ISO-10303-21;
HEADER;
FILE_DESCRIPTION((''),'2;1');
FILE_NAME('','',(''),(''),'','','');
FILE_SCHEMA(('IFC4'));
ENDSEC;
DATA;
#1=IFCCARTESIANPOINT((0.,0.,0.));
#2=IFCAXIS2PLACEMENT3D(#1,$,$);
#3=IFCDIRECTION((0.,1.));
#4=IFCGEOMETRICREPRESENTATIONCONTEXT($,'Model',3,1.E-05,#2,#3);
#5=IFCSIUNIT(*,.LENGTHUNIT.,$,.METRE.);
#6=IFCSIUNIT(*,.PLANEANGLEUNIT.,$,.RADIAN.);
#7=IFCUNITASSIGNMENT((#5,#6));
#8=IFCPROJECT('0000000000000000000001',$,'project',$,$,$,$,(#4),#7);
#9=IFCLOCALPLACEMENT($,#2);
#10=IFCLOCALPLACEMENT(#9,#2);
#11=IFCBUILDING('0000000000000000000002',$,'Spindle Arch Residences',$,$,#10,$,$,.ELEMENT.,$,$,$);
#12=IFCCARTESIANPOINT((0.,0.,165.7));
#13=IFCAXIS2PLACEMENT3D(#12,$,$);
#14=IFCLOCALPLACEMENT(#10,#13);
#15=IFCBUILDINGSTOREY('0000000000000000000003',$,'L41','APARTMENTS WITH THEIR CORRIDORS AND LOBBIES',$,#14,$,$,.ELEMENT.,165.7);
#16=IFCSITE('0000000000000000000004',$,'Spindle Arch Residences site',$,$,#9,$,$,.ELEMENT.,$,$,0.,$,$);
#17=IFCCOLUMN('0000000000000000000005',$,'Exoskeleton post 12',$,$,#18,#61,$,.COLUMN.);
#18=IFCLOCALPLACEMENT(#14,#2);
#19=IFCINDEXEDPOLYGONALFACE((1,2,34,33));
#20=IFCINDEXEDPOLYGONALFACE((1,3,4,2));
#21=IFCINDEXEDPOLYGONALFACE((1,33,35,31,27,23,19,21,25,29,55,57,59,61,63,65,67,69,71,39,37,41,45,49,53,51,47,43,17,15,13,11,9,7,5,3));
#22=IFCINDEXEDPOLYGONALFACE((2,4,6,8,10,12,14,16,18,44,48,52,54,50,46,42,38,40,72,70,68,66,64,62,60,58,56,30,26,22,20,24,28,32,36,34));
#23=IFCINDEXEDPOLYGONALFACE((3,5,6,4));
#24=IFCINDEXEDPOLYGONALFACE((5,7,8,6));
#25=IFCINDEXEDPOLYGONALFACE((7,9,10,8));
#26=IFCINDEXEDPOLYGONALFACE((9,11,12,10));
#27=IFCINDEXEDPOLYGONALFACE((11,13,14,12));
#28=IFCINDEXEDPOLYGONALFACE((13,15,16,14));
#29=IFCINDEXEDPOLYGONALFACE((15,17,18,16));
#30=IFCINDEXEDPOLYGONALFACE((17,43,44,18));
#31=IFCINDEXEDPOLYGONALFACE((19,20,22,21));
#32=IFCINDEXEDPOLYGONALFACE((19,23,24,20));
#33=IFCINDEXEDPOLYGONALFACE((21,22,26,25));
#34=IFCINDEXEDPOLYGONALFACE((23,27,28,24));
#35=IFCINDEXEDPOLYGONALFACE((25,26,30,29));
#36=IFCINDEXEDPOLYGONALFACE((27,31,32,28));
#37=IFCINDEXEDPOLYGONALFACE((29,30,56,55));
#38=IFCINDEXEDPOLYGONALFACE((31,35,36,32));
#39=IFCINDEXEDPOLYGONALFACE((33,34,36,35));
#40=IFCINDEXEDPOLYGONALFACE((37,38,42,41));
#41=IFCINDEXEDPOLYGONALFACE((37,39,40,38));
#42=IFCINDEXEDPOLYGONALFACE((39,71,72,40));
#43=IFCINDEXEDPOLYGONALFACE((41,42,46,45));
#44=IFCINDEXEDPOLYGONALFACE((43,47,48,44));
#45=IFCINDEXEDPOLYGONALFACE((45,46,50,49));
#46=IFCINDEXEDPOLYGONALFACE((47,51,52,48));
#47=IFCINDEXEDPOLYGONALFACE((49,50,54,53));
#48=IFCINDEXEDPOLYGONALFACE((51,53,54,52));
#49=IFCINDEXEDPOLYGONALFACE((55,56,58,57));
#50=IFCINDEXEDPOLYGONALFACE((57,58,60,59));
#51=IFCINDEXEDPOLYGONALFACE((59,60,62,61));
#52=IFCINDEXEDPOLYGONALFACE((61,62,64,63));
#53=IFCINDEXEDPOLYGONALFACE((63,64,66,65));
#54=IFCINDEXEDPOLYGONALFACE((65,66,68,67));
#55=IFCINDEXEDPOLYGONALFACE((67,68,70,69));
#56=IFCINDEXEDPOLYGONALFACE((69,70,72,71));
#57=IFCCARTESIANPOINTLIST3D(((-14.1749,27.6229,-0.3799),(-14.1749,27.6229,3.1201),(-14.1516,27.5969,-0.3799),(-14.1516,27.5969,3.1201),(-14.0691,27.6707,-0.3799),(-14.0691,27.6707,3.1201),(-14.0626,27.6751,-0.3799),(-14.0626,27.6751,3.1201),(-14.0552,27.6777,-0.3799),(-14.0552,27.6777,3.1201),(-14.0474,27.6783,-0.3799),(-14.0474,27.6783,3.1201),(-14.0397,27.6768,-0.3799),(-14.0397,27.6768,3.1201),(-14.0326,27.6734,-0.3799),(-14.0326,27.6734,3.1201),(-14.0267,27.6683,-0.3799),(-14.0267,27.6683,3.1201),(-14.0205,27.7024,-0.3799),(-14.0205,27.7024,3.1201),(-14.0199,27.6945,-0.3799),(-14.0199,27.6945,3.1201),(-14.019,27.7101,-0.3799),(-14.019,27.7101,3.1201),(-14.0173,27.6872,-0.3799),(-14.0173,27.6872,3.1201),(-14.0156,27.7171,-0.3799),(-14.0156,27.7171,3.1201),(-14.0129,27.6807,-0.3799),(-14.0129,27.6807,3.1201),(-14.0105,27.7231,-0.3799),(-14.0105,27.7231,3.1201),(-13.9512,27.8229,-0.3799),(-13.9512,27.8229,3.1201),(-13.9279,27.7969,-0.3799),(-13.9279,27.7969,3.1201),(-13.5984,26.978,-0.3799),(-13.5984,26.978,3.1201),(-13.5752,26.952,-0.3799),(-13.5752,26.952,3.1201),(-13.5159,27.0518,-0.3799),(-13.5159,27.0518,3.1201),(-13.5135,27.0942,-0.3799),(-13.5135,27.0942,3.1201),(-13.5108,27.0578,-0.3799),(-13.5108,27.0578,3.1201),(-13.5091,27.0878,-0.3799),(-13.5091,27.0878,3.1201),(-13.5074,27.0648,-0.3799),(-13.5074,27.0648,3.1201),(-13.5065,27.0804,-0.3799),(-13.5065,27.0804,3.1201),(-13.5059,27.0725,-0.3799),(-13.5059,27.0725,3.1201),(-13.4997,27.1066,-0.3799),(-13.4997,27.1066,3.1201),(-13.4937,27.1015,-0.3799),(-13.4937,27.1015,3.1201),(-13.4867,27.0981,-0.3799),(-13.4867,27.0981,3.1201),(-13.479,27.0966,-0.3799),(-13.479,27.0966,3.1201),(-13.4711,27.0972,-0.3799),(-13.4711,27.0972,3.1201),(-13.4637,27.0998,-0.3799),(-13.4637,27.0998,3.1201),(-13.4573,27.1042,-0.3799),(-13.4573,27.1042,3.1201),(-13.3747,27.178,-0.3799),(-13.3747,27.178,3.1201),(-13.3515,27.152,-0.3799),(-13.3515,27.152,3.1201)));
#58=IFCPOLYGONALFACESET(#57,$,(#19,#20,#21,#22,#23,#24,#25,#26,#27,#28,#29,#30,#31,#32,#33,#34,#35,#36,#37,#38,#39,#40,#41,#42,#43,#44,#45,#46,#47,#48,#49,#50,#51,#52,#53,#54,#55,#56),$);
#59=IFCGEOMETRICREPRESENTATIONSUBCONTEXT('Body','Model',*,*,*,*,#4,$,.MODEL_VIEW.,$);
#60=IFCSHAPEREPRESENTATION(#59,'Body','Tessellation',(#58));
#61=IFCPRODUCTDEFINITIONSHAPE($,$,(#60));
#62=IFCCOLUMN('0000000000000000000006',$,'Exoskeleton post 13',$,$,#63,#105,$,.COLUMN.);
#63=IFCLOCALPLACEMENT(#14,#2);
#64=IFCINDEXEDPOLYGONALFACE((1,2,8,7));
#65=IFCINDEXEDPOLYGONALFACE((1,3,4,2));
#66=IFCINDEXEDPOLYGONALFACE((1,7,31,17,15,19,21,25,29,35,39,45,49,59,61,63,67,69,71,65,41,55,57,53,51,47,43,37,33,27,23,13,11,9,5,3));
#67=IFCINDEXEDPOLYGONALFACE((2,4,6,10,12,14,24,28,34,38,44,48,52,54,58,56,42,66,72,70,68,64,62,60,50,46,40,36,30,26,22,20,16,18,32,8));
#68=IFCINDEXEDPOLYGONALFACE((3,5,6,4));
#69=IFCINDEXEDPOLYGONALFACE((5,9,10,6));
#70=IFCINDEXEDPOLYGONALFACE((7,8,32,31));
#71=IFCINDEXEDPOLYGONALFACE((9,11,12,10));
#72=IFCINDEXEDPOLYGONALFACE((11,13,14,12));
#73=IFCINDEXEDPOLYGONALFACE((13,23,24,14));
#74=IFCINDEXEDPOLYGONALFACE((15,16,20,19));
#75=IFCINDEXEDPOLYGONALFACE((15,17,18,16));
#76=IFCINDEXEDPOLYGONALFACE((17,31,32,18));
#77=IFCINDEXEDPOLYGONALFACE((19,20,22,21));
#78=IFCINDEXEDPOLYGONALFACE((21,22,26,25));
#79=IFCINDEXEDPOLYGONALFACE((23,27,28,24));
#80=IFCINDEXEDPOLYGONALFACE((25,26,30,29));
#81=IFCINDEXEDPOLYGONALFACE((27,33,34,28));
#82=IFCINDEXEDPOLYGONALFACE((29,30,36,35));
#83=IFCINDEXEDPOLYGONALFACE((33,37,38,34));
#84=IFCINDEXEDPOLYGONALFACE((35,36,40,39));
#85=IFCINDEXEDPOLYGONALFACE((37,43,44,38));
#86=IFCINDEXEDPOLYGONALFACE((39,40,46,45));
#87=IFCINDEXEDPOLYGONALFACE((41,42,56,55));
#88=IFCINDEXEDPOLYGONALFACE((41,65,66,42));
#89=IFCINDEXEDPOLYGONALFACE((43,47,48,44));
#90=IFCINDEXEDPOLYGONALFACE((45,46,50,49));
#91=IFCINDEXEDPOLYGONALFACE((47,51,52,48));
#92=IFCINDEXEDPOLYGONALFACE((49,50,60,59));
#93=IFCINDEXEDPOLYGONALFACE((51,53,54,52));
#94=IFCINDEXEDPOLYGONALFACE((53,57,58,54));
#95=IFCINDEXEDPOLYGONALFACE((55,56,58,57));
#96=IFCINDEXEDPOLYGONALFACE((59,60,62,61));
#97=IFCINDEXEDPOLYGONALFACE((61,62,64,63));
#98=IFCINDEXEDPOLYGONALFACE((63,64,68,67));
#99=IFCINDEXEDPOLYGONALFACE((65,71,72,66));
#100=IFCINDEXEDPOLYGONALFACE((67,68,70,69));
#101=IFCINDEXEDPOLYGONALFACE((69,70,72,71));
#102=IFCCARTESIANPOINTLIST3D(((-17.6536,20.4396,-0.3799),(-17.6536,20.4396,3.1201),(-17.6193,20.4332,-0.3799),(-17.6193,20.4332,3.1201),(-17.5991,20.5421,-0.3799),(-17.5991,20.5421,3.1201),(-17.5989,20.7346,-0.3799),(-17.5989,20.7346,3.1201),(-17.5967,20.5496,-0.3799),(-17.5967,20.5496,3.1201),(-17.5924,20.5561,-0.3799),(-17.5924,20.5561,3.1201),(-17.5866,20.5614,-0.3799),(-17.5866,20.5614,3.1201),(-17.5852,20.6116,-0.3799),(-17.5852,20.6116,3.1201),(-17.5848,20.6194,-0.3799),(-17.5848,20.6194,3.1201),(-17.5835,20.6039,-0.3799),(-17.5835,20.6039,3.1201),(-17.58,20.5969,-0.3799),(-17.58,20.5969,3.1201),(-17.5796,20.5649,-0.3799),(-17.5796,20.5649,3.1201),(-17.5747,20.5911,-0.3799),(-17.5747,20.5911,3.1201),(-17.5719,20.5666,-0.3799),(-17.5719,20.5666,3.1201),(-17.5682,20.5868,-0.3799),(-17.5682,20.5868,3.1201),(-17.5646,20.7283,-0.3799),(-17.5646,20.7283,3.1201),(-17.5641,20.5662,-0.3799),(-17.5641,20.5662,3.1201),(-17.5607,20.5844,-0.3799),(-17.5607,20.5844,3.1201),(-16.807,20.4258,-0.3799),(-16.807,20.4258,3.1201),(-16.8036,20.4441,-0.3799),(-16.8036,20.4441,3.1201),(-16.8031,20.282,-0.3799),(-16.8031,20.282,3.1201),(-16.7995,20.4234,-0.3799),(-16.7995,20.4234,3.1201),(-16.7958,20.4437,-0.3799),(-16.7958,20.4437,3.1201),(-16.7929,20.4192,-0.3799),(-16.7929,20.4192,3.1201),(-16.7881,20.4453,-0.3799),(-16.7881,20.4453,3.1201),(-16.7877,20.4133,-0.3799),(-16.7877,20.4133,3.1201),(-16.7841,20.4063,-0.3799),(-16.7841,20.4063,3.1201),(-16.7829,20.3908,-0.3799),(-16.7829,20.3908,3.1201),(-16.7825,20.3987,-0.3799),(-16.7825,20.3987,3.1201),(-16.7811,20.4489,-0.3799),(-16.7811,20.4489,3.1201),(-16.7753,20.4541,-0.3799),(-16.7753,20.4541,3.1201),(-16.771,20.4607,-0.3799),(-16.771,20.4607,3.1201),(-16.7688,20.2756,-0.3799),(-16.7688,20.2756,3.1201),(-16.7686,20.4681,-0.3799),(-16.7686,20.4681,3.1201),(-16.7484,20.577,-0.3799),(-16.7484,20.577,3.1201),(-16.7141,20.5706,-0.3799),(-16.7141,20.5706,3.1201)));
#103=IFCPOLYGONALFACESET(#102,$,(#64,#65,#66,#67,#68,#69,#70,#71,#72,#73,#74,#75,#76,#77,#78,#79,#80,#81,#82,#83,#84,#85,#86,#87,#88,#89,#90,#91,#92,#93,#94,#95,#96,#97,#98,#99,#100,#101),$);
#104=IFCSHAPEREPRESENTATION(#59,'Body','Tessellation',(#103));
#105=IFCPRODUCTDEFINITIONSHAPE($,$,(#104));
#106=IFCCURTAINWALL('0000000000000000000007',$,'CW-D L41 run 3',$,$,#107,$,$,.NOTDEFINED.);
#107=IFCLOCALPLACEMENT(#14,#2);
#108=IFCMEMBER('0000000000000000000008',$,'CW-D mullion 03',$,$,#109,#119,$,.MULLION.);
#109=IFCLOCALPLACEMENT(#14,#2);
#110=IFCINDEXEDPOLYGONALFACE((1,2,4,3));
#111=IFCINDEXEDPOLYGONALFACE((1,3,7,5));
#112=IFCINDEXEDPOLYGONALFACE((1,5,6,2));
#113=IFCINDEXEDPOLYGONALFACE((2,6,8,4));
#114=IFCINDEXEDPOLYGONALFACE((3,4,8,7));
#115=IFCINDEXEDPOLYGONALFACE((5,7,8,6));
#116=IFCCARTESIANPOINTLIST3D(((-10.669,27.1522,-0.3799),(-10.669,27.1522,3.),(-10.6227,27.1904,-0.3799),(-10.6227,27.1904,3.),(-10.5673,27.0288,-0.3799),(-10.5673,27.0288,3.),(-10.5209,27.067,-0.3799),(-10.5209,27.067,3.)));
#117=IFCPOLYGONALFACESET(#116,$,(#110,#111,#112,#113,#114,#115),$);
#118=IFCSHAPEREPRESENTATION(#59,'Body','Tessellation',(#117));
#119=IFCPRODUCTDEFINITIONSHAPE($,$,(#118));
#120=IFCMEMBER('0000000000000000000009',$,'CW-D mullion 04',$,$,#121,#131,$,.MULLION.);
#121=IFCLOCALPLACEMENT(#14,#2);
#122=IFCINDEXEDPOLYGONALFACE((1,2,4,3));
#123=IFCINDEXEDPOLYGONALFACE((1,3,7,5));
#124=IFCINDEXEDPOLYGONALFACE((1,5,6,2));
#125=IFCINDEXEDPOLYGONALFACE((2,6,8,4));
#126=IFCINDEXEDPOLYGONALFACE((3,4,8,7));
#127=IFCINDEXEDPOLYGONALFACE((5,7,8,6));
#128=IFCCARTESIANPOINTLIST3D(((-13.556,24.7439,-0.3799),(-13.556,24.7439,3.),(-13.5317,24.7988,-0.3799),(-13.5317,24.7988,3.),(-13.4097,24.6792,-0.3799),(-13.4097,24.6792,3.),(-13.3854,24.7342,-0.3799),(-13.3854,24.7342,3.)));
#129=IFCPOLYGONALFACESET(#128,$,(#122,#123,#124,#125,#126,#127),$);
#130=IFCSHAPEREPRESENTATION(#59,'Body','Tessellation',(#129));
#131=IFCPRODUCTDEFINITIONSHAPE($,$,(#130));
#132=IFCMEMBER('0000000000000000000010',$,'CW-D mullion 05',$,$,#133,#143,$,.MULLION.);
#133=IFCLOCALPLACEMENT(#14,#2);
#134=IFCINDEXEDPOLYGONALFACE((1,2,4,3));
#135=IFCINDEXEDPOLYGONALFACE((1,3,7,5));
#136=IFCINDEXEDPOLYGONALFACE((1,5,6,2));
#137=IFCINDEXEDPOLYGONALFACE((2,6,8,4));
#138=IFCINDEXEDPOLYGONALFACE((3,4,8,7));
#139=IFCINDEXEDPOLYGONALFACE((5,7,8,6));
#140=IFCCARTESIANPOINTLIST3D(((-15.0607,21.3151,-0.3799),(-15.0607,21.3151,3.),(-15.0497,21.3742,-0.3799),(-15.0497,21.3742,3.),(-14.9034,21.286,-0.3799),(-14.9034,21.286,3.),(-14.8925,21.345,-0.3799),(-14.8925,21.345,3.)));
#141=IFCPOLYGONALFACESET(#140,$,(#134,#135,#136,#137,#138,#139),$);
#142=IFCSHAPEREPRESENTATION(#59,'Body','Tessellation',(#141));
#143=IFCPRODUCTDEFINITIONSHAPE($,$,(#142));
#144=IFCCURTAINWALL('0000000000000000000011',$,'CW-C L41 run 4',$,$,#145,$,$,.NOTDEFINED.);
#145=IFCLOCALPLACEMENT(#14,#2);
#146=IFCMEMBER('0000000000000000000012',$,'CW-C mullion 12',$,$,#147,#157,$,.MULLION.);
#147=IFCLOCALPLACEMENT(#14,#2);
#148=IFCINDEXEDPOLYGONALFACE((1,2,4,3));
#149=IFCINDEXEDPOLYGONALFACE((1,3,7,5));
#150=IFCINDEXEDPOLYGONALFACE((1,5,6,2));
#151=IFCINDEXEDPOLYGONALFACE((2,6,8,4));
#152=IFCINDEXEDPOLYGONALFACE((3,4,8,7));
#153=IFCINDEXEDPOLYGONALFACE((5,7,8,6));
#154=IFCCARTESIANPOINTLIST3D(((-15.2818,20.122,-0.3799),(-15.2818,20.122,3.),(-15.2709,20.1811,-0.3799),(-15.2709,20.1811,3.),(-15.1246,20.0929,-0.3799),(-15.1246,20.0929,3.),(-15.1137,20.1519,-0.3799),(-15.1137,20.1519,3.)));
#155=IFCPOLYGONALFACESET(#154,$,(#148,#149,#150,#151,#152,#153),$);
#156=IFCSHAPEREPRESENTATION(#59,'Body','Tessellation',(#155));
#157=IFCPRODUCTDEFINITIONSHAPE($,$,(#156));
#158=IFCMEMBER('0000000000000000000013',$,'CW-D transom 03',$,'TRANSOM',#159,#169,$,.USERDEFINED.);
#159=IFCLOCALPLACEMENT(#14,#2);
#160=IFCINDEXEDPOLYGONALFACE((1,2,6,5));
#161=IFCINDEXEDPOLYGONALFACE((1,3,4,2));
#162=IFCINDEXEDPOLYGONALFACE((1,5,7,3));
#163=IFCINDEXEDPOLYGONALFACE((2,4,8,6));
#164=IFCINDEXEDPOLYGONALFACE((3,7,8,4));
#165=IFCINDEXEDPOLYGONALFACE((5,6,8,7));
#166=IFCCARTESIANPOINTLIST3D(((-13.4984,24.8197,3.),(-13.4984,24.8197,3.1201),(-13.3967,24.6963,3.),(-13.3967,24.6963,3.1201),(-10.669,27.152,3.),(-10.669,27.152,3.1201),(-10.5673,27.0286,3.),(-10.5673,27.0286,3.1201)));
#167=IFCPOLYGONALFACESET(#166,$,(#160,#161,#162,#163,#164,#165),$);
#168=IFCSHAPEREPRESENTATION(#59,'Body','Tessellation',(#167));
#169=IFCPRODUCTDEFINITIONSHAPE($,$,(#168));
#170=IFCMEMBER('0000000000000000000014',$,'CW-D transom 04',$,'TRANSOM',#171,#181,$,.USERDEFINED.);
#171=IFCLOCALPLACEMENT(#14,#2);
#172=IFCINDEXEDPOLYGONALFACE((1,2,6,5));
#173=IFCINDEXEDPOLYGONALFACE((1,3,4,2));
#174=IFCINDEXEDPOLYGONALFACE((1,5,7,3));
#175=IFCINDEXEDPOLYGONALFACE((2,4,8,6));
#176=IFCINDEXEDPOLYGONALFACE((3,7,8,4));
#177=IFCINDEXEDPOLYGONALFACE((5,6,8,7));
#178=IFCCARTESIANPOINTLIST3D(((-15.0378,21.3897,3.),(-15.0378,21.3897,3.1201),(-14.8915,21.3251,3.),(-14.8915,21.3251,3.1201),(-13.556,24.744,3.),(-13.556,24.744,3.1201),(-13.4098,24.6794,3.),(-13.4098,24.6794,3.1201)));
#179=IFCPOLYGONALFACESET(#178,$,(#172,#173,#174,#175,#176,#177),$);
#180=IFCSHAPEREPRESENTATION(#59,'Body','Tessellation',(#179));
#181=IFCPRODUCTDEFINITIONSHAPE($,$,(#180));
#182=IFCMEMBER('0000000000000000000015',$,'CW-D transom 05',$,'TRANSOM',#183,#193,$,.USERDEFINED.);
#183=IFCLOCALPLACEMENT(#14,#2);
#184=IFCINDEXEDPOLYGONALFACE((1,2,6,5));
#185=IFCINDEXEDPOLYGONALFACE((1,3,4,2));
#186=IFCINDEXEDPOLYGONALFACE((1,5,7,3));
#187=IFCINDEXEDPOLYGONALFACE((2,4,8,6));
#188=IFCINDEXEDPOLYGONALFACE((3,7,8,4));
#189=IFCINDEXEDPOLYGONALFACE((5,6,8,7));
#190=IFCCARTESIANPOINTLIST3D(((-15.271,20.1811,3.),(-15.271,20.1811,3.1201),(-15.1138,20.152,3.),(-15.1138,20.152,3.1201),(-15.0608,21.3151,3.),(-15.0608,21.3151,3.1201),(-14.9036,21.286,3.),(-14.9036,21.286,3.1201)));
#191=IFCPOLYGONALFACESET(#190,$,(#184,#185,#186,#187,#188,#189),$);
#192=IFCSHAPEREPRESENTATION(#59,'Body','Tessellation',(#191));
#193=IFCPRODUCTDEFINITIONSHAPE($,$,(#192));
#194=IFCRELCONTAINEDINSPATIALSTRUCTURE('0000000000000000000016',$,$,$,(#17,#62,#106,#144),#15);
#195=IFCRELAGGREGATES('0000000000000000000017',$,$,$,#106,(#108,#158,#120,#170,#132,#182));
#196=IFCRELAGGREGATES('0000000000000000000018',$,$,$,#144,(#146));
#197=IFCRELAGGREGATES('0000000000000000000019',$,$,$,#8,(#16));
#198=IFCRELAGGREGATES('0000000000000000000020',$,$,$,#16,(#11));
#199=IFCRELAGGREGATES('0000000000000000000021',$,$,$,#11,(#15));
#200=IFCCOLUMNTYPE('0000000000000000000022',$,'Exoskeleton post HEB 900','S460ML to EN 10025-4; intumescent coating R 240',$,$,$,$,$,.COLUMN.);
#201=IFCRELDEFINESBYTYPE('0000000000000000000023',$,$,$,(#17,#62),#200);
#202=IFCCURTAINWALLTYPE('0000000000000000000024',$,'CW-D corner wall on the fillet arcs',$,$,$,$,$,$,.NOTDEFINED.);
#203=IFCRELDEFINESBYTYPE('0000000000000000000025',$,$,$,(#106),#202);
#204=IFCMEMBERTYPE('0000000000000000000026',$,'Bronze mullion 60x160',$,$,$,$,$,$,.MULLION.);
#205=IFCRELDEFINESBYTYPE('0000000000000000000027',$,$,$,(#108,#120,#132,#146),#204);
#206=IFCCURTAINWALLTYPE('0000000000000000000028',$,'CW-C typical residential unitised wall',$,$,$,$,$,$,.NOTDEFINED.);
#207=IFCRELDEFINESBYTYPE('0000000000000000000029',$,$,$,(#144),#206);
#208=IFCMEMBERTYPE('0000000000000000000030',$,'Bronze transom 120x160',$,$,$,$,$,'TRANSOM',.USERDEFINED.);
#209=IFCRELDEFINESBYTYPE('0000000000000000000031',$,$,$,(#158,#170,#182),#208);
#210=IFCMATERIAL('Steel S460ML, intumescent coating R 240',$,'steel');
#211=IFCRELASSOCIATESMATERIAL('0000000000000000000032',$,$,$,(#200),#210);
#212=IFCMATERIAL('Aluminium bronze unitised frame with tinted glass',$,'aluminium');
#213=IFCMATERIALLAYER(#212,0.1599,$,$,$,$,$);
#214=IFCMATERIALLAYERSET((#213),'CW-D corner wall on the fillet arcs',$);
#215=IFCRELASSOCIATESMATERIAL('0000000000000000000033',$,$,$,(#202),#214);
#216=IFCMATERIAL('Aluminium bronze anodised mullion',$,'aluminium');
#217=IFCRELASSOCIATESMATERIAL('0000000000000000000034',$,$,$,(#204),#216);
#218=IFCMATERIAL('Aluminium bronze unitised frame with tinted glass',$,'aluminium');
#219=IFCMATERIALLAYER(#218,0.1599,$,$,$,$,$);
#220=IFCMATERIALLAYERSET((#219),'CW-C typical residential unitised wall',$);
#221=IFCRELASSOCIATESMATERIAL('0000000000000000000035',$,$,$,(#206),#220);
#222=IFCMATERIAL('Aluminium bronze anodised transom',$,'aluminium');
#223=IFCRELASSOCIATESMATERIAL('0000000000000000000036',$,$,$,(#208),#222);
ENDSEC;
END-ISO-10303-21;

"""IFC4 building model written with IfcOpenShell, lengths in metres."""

from ifc_helpers import new_model, si_unit, direction, frame, origin, origin_2d, place, context, subcontext, project, spatial, rectangle, i_section, extrude, material, layer, layer_set, material_profile, profile_set, type_object, element, aggregate, save


model = new_model("IFC4")

# Units and contexts
model_context = context("Model", 3, precision=1e-05, world=origin(), true_north=direction((0.0, 1.0)))
body_context = subcontext(model_context, "Body", "Model", "MODEL_VIEW")
ifc_project = project(units=[si_unit("LENGTHUNIT", "METRE"), si_unit("PLANEANGLEUNIT", "RADIAN")], contexts=[model_context])

# Site, building, storey
site_placement = place(None, origin())
site = spatial("IfcSite", under=ifc_project, at=site_placement, Name="Spindle Arch Residences site", CompositionType="ELEMENT", RefElevation=0.0)
building_placement = place(site_placement, origin())
building = spatial("IfcBuilding", under=site, at=building_placement, Name="Spindle Arch Residences", CompositionType="ELEMENT")
storey_placement = place(building_placement, frame((0.0, 0.0, 165.7)))
storey = spatial("IfcBuildingStorey", under=building, at=storey_placement, Name="L41", Description="APARTMENTS WITH THEIR CORRIDORS AND LOBBIES", CompositionType="ELEMENT", Elevation=165.7)

# Columns
ifc_material_1 = material(Name="Steel S460ML, intumescent coating R 240", Category="steel")
ifc_material_profile_1 = material_profile(ifc_material_1, i_section(OverallWidth=0.3, OverallDepth=0.8999, WebThickness=0.0186, FlangeThickness=0.0349, FilletRadius=0.03, at=origin_2d()), Name="HEB 900")
ifc_profile_set_1 = profile_set([ifc_material_profile_1], Name="Steel S460ML, intumescent coating R 240")
column_type = type_object("IfcColumnType", Name="Exoskeleton post HEB 900", Description="S460ML to EN 10025-4; intumescent coating R 240", PredefinedType="COLUMN", material=ifc_profile_set_1)
for number, where, z_axis, x_axis, name in (
    (1, (-13.7632, 27.3875, -0.3799), (0.0, 0.0, 1.0), (0.74554, 0.666461, 0.0), "Exoskeleton post 12"),
    (2, (-17.1838, 20.5051, -0.3799), (0.0, 0.0, 1.0), (0.182236, 0.983255, 0.0), "Exoskeleton post 13"),
):
    element("IfcColumn", number, at=place(storey_placement, frame(where, z_axis=z_axis, x_axis=x_axis)), inside=storey, type_object=column_type, Name=name, PredefinedType="COLUMN", context=body_context, shape_type="SweptSolid", body=[
        extrude(i_section(OverallWidth=0.3, OverallDepth=0.8999, WebThickness=0.0186, FlangeThickness=0.0349, FilletRadius=0.03, at=origin_2d()), origin(), (0.0, 0.0, 1.0), 3.5),
    ])

# Curtain wall, members
ifc_material_2 = material(Name="Aluminium bronze unitised frame with tinted glass", Category="aluminium")
ifc_layer_1 = layer(ifc_material_2, 0.1599)
ifc_layer_set_1 = layer_set([ifc_layer_1], Name="CW-D corner wall on the fillet arcs")
curtain_wall_type_1 = type_object("IfcCurtainWallType", Name="CW-D corner wall on the fillet arcs", PredefinedType="NOTDEFINED", material=ifc_layer_set_1)
curtain_wall_1_placement = place(storey_placement, origin())
curtain_wall_1 = element("IfcCurtainWall", 3, at=curtain_wall_1_placement, inside=storey, type_object=curtain_wall_type_1, Name="CW-D L41 run 3", PredefinedType="NOTDEFINED")
ifc_material_3 = material(Name="Aluminium bronze anodised mullion", Category="aluminium")
ifc_material_profile_2 = material_profile(ifc_material_3, rectangle(XDim=0.1599, YDim=0.0601, at=origin_2d()), Name="MU 60x160")
ifc_profile_set_2 = profile_set([ifc_material_profile_2], Name="Aluminium bronze anodised mullion")
member_type_1 = type_object("IfcMemberType", Name="Bronze mullion 60x160", PredefinedType="MULLION", material=ifc_profile_set_2)
member_1_placement = place(storey_placement, frame((-10.595, 27.1096, -0.3799), z_axis=(0.0, 0.0, 1.0), x_axis=(0.636078, -0.771625, 0.0)))
member_1 = element("IfcMember", 4, at=member_1_placement, type_object=member_type_1, Name="CW-D mullion 03", PredefinedType="MULLION", context=body_context, shape_type="SweptSolid", body=[
    extrude(rectangle(XDim=0.1599, YDim=0.0601, at=origin_2d()), origin(), (0.0, 0.0, 1.0), 3.3799),
])
member_2_placement = place(storey_placement, frame((-13.4707, 24.739, -0.3799), z_axis=(0.0, 0.0, 1.0), x_axis=(0.914725, -0.404078, 0.0)))
member_2 = element("IfcMember", 5, at=member_2_placement, type_object=member_type_1, Name="CW-D mullion 04", PredefinedType="MULLION", context=body_context, shape_type="SweptSolid", body=[
    extrude(rectangle(XDim=0.1599, YDim=0.0601, at=origin_2d()), origin(), (0.0, 0.0, 1.0), 3.3799),
])
member_3_placement = place(storey_placement, frame((-14.9766, 21.3301, -0.3799), z_axis=(0.0, 0.0, 1.0), x_axis=(0.983255, -0.182236, 0.0)))
member_3 = element("IfcMember", 6, at=member_3_placement, type_object=member_type_1, Name="CW-D mullion 05", PredefinedType="MULLION", context=body_context, shape_type="SweptSolid", body=[
    extrude(rectangle(XDim=0.1599, YDim=0.0601, at=origin_2d()), origin(), (0.0, 0.0, 1.0), 3.3799),
])

# Curtain wall, member
ifc_material_4 = material(Name="Aluminium bronze unitised frame with tinted glass", Category="aluminium")
ifc_layer_2 = layer(ifc_material_4, 0.1599)
ifc_layer_set_2 = layer_set([ifc_layer_2], Name="CW-C typical residential unitised wall")
curtain_wall_type_2 = type_object("IfcCurtainWallType", Name="CW-C typical residential unitised wall", PredefinedType="NOTDEFINED", material=ifc_layer_set_2)
curtain_wall_2_placement = place(storey_placement, origin())
curtain_wall_2 = element("IfcCurtainWall", 7, at=curtain_wall_2_placement, inside=storey, type_object=curtain_wall_type_2, Name="CW-C L41 run 4", PredefinedType="NOTDEFINED")
member_4_placement = place(storey_placement, frame((-15.1978, 20.137, -0.3799), z_axis=(0.0, 0.0, 1.0), x_axis=(0.983255, -0.182236, 0.0)))
member_4 = element("IfcMember", 8, at=member_4_placement, type_object=member_type_1, Name="CW-C mullion 12", PredefinedType="MULLION", context=body_context, shape_type="SweptSolid", body=[
    extrude(rectangle(XDim=0.1599, YDim=0.0601, at=origin_2d()), origin(), (0.0, 0.0, 1.0), 3.3799),
])

# Members
ifc_material_5 = material(Name="Aluminium bronze anodised transom", Category="aluminium")
ifc_material_profile_3 = material_profile(ifc_material_5, rectangle(XDim=0.1599, YDim=0.1201, at=origin_2d()), Name="TR 120x160")
ifc_profile_set_3 = profile_set([ifc_material_profile_3], Name="Aluminium bronze anodised transom")
member_type_2 = type_object("IfcMemberType", Name="Bronze transom 120x160", ElementType="TRANSOM", PredefinedType="USERDEFINED", material=ifc_profile_set_3)
member_5_placement = place(storey_placement, frame((-10.6182, 27.0903, 3.0601), z_axis=(-0.771632, -0.636069, 0.0), x_axis=(0.636069, -0.771632, 0.0)))
member_5 = element("IfcMember", 9, at=member_5_placement, type_object=member_type_2, Name="CW-D transom 03", ObjectType="TRANSOM", PredefinedType="USERDEFINED", context=body_context, shape_type="SweptSolid", body=[
    extrude(rectangle(XDim=0.1599, YDim=0.1201, at=origin_2d()), origin(), (0.0, 0.0, 1.0), 3.6667),
])
member_6_placement = place(storey_placement, frame((-13.4829, 24.7117, 3.0601), z_axis=(-0.404068, -0.914729, 0.0), x_axis=(0.914729, -0.404068, 0.0)))
member_6 = element("IfcMember", 10, at=member_6_placement, type_object=member_type_2, Name="CW-D transom 04", ObjectType="TRANSOM", PredefinedType="USERDEFINED", context=body_context, shape_type="SweptSolid", body=[
    extrude(rectangle(XDim=0.1599, YDim=0.1201, at=origin_2d()), origin(), (0.0, 0.0, 1.0), 3.667),
])
member_7_placement = place(storey_placement, frame((-14.9822, 21.3005, 3.0601), z_axis=(-0.182256, -0.983251, 0.0), x_axis=(0.983251, -0.182256, 0.0)))
member_7 = element("IfcMember", 11, at=member_7_placement, type_object=member_type_2, Name="CW-D transom 05", ObjectType="TRANSOM", PredefinedType="USERDEFINED", context=body_context, shape_type="SweptSolid", body=[
    extrude(rectangle(XDim=0.1599, YDim=0.1201, at=origin_2d()), origin(), (0.0, 0.0, 1.0), 1.1533),
])

aggregate(curtain_wall_1, [member_1, member_5, member_2, member_6, member_3, member_7])
aggregate(curtain_wall_2, [member_4])

save(model, "model.ifc")
